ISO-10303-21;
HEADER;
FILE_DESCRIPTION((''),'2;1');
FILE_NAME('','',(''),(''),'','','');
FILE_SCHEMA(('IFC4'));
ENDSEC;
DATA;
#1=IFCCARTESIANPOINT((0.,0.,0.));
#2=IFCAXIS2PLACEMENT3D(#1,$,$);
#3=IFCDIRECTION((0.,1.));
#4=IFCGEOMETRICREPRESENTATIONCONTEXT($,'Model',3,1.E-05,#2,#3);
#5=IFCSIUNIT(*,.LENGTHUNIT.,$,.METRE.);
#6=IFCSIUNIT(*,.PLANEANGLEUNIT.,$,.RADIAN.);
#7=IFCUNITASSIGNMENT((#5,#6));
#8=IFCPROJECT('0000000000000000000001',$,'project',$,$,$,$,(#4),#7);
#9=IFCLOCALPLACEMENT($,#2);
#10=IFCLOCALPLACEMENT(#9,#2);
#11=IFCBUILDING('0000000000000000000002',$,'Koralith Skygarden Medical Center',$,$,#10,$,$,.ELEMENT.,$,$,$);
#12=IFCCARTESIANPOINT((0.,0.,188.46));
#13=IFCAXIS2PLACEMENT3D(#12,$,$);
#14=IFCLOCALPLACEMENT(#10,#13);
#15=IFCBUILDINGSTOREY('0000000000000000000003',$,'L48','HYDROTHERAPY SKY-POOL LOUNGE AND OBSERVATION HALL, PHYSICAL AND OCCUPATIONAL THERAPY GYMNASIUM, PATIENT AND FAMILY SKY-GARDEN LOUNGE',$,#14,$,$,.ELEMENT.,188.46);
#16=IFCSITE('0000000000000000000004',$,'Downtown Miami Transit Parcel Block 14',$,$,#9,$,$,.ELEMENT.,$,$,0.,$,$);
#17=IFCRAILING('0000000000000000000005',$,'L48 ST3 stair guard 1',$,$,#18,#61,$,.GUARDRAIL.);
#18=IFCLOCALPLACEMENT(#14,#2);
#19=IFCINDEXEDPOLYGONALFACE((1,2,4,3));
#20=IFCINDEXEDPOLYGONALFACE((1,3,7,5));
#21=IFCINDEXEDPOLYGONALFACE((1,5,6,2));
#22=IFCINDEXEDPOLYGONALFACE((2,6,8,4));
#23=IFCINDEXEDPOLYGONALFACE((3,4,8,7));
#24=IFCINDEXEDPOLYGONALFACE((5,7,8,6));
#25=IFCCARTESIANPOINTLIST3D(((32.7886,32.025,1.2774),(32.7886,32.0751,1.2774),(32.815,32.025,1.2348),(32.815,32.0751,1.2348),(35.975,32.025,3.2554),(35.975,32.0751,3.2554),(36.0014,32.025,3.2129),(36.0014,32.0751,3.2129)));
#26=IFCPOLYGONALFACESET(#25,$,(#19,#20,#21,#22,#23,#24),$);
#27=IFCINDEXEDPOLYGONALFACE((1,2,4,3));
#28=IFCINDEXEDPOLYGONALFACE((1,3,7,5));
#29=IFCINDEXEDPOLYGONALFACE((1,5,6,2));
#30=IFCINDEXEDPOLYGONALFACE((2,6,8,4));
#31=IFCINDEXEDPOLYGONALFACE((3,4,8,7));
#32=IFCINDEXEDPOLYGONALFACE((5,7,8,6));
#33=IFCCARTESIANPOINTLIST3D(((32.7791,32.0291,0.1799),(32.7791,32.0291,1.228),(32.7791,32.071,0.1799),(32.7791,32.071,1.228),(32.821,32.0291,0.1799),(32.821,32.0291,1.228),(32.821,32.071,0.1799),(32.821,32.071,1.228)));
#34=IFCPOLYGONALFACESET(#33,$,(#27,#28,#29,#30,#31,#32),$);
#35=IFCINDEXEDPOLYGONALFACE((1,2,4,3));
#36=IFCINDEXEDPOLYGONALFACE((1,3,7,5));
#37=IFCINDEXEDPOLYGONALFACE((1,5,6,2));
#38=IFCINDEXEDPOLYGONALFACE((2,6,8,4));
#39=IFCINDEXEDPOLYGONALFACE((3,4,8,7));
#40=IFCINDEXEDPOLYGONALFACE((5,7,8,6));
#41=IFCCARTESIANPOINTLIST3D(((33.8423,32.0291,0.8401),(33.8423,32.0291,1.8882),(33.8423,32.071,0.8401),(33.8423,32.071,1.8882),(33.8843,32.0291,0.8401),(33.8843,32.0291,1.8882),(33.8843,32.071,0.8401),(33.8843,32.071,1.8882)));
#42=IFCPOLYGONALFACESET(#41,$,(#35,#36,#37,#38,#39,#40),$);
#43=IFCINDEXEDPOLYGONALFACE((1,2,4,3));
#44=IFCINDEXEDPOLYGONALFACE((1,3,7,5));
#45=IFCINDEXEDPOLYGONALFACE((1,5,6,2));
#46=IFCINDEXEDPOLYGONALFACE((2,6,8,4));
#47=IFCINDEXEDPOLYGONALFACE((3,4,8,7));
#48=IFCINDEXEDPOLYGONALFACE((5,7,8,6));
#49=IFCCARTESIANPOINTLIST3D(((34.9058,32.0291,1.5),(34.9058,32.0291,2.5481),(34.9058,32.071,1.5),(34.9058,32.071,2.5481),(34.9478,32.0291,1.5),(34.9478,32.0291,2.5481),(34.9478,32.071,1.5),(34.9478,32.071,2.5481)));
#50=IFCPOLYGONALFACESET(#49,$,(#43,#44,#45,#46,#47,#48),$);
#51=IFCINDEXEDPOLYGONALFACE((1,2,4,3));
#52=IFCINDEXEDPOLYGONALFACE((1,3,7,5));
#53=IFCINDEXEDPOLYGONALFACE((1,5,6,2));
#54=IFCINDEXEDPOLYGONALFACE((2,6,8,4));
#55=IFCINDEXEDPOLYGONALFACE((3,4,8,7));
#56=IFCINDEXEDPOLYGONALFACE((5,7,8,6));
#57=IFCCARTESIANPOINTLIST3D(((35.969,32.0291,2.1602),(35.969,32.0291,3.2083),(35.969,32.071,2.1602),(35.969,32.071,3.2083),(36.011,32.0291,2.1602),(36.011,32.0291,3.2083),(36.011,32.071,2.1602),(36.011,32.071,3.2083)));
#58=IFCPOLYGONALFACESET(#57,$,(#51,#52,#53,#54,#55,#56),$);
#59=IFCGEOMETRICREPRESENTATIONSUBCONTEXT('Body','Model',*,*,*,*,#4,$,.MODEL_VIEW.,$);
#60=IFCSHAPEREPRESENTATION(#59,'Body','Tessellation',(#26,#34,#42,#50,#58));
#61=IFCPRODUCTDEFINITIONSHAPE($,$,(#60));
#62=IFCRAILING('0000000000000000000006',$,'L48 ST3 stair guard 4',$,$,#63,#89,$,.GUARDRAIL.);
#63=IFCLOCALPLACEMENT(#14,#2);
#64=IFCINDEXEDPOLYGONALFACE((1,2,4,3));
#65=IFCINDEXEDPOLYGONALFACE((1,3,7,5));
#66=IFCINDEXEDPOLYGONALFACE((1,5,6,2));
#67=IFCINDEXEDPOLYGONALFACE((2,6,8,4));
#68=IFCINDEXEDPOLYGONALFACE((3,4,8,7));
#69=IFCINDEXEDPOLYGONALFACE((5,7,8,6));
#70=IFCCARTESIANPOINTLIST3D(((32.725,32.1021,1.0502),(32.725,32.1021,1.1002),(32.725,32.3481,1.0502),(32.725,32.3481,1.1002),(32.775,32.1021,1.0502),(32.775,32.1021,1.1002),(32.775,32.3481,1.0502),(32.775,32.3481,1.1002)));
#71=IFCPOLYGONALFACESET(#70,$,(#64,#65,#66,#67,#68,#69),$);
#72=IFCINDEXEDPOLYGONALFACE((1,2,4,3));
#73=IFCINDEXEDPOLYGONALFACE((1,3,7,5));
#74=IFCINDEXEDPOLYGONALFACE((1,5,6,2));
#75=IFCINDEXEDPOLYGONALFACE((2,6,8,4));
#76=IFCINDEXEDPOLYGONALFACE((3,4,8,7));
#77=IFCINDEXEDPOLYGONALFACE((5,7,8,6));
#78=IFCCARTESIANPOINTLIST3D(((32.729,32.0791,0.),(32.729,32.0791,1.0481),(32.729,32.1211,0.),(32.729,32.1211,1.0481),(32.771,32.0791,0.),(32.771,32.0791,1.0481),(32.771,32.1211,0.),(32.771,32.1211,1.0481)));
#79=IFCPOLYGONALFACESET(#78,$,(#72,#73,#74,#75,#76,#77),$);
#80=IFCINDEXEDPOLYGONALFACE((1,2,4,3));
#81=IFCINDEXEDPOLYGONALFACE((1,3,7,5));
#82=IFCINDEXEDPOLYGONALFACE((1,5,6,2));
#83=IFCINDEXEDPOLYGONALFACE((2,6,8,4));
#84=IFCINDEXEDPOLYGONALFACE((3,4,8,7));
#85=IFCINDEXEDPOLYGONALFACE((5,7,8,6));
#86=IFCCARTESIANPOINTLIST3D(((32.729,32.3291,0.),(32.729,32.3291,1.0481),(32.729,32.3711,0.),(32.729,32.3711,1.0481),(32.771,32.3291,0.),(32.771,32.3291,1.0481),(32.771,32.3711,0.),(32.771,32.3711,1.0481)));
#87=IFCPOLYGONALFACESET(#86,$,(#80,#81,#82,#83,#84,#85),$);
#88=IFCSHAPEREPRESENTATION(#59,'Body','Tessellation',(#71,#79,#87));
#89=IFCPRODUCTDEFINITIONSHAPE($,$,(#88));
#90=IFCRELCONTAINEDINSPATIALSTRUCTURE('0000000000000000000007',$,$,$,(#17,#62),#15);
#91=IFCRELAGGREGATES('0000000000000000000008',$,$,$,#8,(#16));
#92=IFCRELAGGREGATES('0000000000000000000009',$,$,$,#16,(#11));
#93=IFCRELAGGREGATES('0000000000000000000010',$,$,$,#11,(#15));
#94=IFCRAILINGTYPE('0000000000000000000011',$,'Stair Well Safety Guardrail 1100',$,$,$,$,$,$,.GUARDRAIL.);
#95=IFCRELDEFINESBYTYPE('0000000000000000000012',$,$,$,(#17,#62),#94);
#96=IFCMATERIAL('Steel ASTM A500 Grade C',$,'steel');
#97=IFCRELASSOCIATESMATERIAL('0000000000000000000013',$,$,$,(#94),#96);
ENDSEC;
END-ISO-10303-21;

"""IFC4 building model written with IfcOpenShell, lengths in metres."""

from ifc_helpers import new_model, si_unit, direction, frame, origin, origin_2d, place, context, subcontext, project, spatial, rectangle, extrude, material, type_object, element, save


model = new_model("IFC4")

# Units and contexts
model_context = context("Model", 3, precision=1e-05, world=origin(), true_north=direction((0.0, 1.0)))
body_context = subcontext(model_context, "Body", "Model", "MODEL_VIEW")
ifc_project = project(units=[si_unit("LENGTHUNIT", "METRE"), si_unit("PLANEANGLEUNIT", "RADIAN")], contexts=[model_context])

# Site, building, storey
site_placement = place(None, origin())
site = spatial("IfcSite", under=ifc_project, at=site_placement, Name="Downtown Miami Transit Parcel Block 14", CompositionType="ELEMENT", RefElevation=0.0)
building_placement = place(site_placement, origin())
building = spatial("IfcBuilding", under=site, at=building_placement, Name="Koralith Skygarden Medical Center", CompositionType="ELEMENT")
storey_placement = place(building_placement, frame((0.0, 0.0, 188.46)))
storey = spatial("IfcBuildingStorey", under=building, at=storey_placement, Name="L48", Description="HYDROTHERAPY SKY-POOL LOUNGE AND OBSERVATION HALL, PHYSICAL AND OCCUPATIONAL THERAPY GYMNASIUM, PATIENT AND FAMILY SKY-GARDEN LOUNGE", CompositionType="ELEMENT", Elevation=188.46)

# Railings
ifc_material_1 = material(Name="Steel ASTM A500 Grade C", Category="steel")
railing_type_1 = type_object("IfcRailingType", Name="Stair Well Safety Guardrail 1100", PredefinedType="GUARDRAIL", material=ifc_material_1)
railing_1_placement = place(storey_placement, frame((32.8, 32.05, 0.1799)))
element("IfcRailing", 1, at=railing_1_placement, inside=storey, type_object=railing_type_1, Name="L48 ST3 stair guard 1", PredefinedType="GUARDRAIL", context=body_context, shape_type="SweptSolid", body=[
    extrude(rectangle(XDim=0.05, YDim=0.05, at=origin_2d()), frame((0.0017, 0.0, 1.0762), z_axis=(0.849609, 0.0, 0.527413), x_axis=(0.0, 1.0, 0.0)), (0.0, 0.0, 1.0), 3.7505),
    extrude(rectangle(XDim=0.042, YDim=0.042, at=origin_2d()), origin(), (0.0, 0.0, 1.0), 1.0481),
    extrude(rectangle(XDim=0.042, YDim=0.042, at=origin_2d()), frame((1.0632, 0.0, 0.6602)), (0.0, 0.0, 1.0), 1.0481),
    extrude(rectangle(XDim=0.042, YDim=0.042, at=origin_2d()), frame((2.1267, 0.0, 1.3201)), (0.0, 0.0, 1.0), 1.0481),
    extrude(rectangle(XDim=0.042, YDim=0.042, at=origin_2d()), frame((3.1899, 0.0, 1.9802)), (0.0, 0.0, 1.0), 1.0481),
])
railing_2_placement = place(storey_placement, frame((32.75, 32.1001, 0.0)))
element("IfcRailing", 2, at=railing_2_placement, inside=storey, type_object=railing_type_1, Name="L48 ST3 stair guard 4", PredefinedType="GUARDRAIL", context=body_context, shape_type="SweptSolid", body=[
    extrude(rectangle(XDim=0.05, YDim=0.05, at=origin_2d()), frame((0.0, 0.002, 1.0752), z_axis=(0.0, 1.0, 0.0), x_axis=(-1.0, 0.0, 0.0)), (0.0, 0.0, 1.0), 0.2461),
    extrude(rectangle(XDim=0.042, YDim=0.042, at=origin_2d()), origin(), (0.0, 0.0, 1.0), 1.0481),
    extrude(rectangle(XDim=0.042, YDim=0.042, at=origin_2d()), frame((0.0, 0.25, 0.0)), (0.0, 0.0, 1.0), 1.0481),
])

save(model, "model.ifc")
